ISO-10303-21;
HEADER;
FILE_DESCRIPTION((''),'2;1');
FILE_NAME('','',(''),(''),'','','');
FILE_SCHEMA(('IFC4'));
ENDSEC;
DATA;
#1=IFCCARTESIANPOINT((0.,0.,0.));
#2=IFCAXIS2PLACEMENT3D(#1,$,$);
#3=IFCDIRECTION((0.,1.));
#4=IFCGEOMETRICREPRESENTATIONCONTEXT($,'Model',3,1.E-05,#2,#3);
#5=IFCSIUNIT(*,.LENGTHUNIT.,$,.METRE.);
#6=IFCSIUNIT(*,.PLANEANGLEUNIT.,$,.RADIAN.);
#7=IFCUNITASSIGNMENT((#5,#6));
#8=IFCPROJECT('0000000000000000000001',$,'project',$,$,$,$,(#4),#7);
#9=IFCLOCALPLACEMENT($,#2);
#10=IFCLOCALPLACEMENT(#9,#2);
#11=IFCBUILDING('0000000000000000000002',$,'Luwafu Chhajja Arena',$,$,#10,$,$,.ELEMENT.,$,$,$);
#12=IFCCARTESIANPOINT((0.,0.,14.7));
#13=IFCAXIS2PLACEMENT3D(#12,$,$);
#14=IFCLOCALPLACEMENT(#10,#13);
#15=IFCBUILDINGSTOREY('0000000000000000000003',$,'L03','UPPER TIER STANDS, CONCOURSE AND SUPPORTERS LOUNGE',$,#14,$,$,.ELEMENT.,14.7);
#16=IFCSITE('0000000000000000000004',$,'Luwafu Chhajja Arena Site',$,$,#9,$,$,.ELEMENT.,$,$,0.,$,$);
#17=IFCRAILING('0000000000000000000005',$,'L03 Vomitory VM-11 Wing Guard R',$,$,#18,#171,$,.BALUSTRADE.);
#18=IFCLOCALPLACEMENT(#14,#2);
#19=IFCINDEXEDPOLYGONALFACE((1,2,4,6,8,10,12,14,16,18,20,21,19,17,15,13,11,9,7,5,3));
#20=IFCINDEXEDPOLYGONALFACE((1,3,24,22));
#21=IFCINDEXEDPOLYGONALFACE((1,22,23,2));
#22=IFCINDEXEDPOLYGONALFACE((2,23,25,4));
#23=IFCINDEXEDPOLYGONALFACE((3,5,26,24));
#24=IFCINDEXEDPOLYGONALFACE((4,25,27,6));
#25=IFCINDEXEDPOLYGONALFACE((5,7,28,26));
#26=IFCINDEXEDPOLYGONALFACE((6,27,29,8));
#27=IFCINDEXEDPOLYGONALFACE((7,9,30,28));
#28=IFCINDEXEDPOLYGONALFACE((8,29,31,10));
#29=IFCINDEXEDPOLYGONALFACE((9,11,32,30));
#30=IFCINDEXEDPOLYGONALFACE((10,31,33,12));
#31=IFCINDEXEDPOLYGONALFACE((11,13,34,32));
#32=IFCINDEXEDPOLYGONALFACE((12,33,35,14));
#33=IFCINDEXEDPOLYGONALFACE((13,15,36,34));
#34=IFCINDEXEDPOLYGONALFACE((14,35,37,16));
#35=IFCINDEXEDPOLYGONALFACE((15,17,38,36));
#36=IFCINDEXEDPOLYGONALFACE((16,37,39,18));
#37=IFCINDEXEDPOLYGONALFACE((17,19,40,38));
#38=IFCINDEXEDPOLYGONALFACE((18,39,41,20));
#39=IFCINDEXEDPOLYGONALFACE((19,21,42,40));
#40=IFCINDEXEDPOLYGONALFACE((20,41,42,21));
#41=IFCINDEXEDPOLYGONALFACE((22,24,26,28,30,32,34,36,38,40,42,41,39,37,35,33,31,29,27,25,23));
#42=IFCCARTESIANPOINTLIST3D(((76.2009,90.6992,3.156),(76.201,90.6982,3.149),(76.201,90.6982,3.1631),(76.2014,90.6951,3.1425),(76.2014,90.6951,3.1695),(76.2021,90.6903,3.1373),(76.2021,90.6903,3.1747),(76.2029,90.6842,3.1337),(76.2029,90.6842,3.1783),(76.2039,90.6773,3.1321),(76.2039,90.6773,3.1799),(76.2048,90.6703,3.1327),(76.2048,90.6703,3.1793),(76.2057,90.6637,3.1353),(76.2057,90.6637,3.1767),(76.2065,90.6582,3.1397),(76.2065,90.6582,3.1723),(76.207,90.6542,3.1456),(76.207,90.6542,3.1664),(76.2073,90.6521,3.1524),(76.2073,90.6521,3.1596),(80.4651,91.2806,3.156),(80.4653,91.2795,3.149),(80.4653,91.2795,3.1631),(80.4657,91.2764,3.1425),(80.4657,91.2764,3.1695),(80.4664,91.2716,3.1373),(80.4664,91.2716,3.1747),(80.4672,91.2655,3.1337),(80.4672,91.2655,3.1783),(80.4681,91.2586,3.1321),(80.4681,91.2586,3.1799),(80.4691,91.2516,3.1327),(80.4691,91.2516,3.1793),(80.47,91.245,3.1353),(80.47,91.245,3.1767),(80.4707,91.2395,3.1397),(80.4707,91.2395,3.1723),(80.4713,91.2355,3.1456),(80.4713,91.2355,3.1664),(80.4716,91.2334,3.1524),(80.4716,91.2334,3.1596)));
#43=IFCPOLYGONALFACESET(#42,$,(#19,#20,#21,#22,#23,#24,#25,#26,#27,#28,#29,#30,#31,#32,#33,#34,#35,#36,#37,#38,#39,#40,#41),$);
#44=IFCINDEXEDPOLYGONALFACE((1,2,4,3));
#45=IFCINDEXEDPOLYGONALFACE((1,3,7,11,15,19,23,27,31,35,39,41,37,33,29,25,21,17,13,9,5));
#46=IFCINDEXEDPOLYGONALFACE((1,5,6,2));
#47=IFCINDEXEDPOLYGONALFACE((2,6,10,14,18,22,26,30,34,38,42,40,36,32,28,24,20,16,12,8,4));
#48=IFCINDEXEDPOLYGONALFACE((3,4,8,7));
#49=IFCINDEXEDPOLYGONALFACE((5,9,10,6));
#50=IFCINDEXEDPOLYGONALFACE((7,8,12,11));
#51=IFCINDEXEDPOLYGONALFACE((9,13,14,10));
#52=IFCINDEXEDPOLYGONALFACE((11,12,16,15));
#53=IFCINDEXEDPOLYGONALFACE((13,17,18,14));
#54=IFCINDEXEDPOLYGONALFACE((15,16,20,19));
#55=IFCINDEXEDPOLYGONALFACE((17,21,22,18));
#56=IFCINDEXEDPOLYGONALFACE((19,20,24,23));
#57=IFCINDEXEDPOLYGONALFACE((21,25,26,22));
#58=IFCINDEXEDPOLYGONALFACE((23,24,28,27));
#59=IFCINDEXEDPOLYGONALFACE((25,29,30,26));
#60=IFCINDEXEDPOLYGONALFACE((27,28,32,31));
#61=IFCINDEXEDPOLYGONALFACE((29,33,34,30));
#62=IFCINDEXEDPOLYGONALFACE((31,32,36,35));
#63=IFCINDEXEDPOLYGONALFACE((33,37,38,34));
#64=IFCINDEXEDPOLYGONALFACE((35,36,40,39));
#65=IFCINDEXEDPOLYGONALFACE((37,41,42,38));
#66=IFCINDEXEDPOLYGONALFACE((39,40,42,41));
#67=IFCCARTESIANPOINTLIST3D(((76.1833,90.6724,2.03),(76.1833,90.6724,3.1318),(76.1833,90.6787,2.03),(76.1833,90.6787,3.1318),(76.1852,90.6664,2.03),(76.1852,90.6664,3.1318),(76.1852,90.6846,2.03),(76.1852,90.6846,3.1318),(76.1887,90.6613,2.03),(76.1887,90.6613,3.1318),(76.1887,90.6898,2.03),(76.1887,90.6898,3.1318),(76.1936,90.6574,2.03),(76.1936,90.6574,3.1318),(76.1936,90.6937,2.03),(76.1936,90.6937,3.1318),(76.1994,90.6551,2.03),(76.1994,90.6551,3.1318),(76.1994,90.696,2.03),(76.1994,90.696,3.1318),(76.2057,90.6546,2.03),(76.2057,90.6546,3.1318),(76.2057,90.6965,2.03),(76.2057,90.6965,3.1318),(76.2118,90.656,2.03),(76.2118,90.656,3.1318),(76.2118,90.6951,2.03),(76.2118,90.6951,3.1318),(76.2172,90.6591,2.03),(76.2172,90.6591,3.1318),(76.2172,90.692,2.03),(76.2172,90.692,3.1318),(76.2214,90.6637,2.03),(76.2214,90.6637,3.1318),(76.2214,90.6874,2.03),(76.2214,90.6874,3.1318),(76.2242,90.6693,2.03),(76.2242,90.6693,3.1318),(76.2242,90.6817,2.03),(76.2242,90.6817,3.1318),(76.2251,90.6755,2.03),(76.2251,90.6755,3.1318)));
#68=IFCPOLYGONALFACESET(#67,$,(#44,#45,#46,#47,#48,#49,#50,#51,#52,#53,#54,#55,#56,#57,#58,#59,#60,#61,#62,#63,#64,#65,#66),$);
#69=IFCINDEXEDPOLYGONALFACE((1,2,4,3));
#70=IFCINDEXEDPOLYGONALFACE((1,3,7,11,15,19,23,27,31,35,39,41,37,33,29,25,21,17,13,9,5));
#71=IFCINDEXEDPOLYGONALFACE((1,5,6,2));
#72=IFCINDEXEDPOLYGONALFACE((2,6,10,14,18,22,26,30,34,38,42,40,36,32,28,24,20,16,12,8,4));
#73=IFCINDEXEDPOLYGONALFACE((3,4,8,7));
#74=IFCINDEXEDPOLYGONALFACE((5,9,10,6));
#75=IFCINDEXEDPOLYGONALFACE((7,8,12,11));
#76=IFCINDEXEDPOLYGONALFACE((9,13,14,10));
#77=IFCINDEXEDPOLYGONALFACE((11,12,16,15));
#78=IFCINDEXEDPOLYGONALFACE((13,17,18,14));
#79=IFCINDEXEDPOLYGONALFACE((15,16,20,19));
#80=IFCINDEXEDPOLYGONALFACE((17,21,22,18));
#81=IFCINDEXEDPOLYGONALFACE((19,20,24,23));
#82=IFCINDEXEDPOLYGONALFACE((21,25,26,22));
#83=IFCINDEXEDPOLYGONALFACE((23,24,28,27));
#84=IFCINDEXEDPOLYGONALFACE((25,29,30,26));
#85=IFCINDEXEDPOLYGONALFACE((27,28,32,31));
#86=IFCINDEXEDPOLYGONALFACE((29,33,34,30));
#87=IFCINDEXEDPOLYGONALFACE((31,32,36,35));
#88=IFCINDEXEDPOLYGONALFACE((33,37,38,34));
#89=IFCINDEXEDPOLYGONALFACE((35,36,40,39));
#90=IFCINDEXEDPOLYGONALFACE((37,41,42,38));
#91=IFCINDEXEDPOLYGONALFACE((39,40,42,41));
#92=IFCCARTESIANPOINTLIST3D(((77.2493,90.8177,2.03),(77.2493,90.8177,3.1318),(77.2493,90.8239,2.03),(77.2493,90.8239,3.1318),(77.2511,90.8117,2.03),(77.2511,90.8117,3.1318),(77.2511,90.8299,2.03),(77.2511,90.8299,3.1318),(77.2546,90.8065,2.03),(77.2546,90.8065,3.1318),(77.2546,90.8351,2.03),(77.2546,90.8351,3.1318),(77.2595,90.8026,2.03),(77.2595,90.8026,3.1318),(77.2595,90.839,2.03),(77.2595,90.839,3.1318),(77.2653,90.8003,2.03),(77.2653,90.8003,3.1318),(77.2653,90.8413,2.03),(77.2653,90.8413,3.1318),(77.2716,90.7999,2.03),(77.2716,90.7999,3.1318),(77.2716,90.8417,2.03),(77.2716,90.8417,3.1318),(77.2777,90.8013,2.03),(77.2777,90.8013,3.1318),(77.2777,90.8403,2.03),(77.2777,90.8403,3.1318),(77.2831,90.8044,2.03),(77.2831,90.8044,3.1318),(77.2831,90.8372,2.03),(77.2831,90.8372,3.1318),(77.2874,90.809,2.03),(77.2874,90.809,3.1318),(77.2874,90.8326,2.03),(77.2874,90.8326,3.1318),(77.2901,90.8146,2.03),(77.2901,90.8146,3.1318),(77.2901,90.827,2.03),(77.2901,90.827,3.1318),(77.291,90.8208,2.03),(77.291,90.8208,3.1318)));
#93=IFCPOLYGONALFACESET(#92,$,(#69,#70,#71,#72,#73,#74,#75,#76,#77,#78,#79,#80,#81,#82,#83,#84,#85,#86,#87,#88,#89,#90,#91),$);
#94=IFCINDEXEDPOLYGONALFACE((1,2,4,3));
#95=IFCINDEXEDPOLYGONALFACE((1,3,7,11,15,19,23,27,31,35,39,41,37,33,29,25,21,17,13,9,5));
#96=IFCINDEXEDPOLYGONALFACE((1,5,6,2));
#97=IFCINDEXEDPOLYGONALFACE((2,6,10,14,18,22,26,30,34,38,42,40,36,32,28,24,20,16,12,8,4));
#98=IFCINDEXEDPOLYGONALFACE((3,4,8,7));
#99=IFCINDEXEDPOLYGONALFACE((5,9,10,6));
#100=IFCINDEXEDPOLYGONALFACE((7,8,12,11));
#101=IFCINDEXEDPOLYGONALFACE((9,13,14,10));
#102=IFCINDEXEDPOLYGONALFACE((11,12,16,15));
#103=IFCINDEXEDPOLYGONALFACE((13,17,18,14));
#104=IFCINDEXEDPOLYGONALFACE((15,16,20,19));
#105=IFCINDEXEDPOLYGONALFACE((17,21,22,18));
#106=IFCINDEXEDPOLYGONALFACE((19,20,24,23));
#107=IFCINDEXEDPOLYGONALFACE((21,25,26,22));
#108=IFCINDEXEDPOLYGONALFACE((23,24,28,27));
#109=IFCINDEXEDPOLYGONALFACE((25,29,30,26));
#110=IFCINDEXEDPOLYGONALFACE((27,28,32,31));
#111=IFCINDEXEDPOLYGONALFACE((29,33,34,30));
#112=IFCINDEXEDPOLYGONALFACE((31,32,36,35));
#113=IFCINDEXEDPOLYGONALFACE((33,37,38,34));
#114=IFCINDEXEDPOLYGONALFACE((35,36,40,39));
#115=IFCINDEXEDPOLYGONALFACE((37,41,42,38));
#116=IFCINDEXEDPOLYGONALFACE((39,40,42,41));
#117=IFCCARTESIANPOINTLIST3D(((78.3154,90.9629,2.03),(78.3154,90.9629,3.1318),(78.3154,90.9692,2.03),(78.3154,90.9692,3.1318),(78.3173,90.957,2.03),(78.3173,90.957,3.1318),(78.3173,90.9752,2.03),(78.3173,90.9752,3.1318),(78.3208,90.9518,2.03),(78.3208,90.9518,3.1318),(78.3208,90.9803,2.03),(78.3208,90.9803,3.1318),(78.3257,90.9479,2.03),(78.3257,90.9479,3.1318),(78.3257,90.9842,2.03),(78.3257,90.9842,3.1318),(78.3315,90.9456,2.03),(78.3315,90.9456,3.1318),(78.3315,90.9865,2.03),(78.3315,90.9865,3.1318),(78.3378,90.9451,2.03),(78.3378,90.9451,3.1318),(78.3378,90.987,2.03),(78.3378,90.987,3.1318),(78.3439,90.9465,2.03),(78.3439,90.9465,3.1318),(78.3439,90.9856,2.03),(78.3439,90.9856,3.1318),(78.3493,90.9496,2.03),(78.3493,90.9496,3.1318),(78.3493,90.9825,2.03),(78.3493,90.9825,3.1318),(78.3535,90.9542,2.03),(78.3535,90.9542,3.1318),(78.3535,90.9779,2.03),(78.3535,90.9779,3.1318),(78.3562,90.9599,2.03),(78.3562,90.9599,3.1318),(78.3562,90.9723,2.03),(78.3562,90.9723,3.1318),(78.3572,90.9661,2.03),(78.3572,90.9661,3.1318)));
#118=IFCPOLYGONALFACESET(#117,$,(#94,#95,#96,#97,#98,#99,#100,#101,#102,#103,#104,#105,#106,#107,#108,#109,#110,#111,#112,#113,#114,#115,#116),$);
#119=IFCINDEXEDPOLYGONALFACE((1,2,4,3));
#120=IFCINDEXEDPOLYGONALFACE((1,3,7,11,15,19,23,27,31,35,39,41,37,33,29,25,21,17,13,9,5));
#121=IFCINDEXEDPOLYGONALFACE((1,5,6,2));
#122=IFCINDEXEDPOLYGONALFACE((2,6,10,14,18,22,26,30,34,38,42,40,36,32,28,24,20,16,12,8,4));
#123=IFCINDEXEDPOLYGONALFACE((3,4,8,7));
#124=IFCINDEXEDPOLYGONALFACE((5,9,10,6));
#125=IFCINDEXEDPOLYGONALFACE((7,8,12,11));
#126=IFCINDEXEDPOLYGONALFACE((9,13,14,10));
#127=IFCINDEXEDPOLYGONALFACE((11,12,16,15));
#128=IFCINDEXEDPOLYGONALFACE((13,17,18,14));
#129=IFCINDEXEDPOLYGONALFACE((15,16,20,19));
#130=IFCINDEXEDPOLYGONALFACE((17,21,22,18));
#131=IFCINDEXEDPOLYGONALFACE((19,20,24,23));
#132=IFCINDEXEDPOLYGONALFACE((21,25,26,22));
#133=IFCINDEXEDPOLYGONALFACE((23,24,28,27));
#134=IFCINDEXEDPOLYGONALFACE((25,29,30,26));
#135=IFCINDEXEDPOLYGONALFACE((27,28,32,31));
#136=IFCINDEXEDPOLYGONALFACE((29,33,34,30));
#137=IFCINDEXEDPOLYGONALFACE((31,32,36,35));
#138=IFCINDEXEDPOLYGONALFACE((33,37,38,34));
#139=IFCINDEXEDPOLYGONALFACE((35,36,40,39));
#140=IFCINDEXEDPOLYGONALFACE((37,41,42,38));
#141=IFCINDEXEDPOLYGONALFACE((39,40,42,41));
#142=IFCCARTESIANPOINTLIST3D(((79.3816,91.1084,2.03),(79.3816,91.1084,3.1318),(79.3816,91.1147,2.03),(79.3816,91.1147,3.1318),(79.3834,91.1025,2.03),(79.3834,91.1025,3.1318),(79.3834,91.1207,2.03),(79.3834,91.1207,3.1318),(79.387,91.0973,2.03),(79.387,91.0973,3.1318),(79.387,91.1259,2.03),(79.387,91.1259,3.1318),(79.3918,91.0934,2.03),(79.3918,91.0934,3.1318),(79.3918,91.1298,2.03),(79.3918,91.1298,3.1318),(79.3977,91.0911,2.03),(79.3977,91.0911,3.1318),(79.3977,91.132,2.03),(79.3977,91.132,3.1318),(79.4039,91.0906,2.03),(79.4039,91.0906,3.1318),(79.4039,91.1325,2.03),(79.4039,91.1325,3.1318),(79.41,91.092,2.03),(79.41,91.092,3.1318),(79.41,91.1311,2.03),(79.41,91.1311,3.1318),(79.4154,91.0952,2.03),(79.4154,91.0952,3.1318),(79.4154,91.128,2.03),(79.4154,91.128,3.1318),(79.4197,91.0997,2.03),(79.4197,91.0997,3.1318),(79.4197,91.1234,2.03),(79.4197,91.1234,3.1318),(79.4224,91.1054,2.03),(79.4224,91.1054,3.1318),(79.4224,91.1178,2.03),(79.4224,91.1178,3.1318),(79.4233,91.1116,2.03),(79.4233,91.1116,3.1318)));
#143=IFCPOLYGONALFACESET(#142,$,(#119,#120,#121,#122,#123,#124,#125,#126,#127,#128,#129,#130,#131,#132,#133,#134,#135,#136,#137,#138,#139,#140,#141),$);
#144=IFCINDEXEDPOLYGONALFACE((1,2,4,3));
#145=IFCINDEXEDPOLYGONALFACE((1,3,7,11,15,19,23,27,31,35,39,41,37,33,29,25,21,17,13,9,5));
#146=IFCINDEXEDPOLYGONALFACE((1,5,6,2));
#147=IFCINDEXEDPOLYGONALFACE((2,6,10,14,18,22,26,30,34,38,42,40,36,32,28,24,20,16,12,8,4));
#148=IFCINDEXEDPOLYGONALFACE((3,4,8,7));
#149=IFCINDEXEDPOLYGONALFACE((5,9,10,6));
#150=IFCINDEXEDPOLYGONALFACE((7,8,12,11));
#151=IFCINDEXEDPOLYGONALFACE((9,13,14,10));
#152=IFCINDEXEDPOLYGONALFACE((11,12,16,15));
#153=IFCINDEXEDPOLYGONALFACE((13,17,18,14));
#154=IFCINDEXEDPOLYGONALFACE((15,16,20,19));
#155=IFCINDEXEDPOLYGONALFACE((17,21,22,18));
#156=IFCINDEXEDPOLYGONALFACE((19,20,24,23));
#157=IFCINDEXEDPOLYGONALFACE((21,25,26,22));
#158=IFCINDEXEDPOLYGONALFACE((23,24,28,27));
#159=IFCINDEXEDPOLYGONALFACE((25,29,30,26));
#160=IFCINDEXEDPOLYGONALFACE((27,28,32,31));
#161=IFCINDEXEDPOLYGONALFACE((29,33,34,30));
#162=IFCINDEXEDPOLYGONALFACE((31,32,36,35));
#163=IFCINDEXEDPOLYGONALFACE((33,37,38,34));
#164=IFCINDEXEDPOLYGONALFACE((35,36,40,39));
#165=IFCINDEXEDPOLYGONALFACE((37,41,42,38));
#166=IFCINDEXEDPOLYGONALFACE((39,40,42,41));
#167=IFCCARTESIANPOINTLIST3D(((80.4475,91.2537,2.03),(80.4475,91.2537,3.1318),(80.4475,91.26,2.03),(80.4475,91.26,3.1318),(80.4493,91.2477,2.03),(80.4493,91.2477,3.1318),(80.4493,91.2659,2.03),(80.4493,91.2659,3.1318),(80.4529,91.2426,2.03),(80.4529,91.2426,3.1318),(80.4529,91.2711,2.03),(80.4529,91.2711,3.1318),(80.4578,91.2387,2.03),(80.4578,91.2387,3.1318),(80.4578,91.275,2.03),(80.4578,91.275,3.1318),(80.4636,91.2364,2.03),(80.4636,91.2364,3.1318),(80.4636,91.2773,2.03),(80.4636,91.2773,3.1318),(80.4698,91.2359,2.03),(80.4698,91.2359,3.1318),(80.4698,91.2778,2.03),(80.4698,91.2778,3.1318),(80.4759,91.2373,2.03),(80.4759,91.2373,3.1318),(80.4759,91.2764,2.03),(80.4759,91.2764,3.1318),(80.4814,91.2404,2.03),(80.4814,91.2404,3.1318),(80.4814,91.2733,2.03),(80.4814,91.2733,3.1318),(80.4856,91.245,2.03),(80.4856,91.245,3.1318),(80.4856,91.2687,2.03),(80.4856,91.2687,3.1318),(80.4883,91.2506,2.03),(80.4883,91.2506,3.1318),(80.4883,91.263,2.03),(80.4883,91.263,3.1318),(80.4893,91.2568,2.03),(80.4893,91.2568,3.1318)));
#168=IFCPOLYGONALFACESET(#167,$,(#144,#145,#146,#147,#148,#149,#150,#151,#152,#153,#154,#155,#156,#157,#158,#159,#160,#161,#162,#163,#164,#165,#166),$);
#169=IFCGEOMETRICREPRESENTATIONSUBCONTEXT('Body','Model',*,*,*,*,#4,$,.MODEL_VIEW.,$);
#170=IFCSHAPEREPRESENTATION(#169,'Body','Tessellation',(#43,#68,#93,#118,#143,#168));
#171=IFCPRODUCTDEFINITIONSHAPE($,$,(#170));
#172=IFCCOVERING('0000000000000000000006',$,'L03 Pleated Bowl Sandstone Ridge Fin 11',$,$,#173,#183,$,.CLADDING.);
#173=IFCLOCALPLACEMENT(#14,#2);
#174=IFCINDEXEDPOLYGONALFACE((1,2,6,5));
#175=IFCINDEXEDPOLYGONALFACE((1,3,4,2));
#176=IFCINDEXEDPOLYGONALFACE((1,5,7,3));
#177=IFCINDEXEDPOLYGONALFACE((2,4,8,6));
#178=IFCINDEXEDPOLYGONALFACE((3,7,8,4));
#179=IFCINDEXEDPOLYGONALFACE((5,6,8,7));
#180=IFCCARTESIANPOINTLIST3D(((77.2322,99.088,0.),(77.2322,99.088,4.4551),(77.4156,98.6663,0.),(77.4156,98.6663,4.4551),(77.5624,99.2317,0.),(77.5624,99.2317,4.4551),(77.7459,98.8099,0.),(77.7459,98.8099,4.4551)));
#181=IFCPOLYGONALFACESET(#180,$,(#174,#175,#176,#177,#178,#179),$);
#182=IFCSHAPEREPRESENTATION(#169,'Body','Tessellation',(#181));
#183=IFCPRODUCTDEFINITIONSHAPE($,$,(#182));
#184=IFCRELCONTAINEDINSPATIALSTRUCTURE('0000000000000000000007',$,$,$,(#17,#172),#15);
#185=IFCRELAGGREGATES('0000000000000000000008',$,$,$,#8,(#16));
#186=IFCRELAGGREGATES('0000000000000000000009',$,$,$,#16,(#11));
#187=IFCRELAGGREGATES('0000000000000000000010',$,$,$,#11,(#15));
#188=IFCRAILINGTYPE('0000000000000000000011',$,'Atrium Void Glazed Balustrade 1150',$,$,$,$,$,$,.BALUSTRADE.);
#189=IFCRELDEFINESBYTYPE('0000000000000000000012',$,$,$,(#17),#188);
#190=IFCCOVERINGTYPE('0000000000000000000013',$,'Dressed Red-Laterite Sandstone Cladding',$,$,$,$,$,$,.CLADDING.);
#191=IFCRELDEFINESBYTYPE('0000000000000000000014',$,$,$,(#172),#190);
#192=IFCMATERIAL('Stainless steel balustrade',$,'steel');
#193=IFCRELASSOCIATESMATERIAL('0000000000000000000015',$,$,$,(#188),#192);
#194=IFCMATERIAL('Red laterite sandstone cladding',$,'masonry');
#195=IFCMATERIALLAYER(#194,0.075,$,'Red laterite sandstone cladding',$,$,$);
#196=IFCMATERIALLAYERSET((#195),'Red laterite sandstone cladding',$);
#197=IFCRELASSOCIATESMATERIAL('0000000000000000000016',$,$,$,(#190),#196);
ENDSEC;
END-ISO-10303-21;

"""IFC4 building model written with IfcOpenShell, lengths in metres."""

from ifc_helpers import new_model, si_unit, direction, frame, origin, origin_2d, place, context, subcontext, project, spatial, rectangle, circle, extrude, material, layer, layer_set, type_object, element, save


model = new_model("IFC4")

# Units and contexts
model_context = context("Model", 3, precision=1e-05, world=origin(), true_north=direction((0.0, 1.0)))
body_context = subcontext(model_context, "Body", "Model", "MODEL_VIEW")
ifc_project = project(units=[si_unit("LENGTHUNIT", "METRE"), si_unit("PLANEANGLEUNIT", "RADIAN")], contexts=[model_context])

# Site, building, storey
site_placement = place(None, origin())
site = spatial("IfcSite", under=ifc_project, at=site_placement, Name="Luwafu Chhajja Arena Site", CompositionType="ELEMENT", RefElevation=0.0)
building_placement = place(site_placement, origin())
building = spatial("IfcBuilding", under=site, at=building_placement, Name="Luwafu Chhajja Arena", CompositionType="ELEMENT")
storey_placement = place(building_placement, frame((0.0, 0.0, 14.7)))
storey = spatial("IfcBuildingStorey", under=building, at=storey_placement, Name="L03", Description="UPPER TIER STANDS, CONCOURSE AND SUPPORTERS LOUNGE", CompositionType="ELEMENT", Elevation=14.7)

# Railing
ifc_material_1 = material(Name="Stainless steel balustrade", Category="steel")
railing_type_1 = type_object("IfcRailingType", Name="Atrium Void Glazed Balustrade 1150", PredefinedType="BALUSTRADE", material=ifc_material_1)
railing_1_placement = place(storey_placement, frame((76.2041, 90.6755, 2.03)))
element("IfcRailing", 1, at=railing_1_placement, inside=storey, type_object=railing_type_1, Name="L03 Vomitory VM-11 Wing Guard R", PredefinedType="BALUSTRADE", context=body_context, shape_type="SweptSolid", body=[
    extrude(circle(Radius=0.0239, at=origin_2d()), frame((0.0, 0.0, 1.126), z_axis=(0.990836, 0.135073, 0.0), x_axis=(-0.135073, 0.990836, 0.0)), (0.0, 0.0, 1.0), 4.3037),
    extrude(circle(Radius=0.021, at=origin_2d()), origin(), (0.0, 0.0, 1.0), 1.1018),
    extrude(circle(Radius=0.021, at=origin_2d()), frame((1.0659, 0.1453, 0.0)), (0.0, 0.0, 1.0), 1.1018),
    extrude(circle(Radius=0.021, at=origin_2d()), frame((2.1321, 0.2905, 0.0)), (0.0, 0.0, 1.0), 1.1018),
    extrude(circle(Radius=0.021, at=origin_2d()), frame((3.1982, 0.436, 0.0)), (0.0, 0.0, 1.0), 1.1018),
    extrude(circle(Radius=0.021, at=origin_2d()), frame((4.2642, 0.5813, 0.0)), (0.0, 0.0, 1.0), 1.1018),
])

# Covering
ifc_material_2 = material(Name="Red laterite sandstone cladding", Category="masonry")
ifc_layer_1 = layer(ifc_material_2, 0.075, Name="Red laterite sandstone cladding")
ifc_layer_set_1 = layer_set([ifc_layer_1], Name="Red laterite sandstone cladding")
covering_type = type_object("IfcCoveringType", Name="Dressed Red-Laterite Sandstone Cladding", PredefinedType="CLADDING", material=ifc_layer_set_1)
covering_placement = place(storey_placement, frame((77.489, 98.949, 0.0), z_axis=(0.0, 0.0, 1.0), x_axis=(-0.398903, 0.916993, 0.0)))
element("IfcCovering", 2, at=covering_placement, inside=storey, type_object=covering_type, Name="L03 Pleated Bowl Sandstone Ridge Fin 11", PredefinedType="CLADDING", context=body_context, shape_type="SweptSolid", body=[
    extrude(rectangle(XDim=0.46, YDim=0.3601, at=origin_2d()), origin(), (0.0, 0.0, 1.0), 4.4551),
])

save(model, "model.ifc")
